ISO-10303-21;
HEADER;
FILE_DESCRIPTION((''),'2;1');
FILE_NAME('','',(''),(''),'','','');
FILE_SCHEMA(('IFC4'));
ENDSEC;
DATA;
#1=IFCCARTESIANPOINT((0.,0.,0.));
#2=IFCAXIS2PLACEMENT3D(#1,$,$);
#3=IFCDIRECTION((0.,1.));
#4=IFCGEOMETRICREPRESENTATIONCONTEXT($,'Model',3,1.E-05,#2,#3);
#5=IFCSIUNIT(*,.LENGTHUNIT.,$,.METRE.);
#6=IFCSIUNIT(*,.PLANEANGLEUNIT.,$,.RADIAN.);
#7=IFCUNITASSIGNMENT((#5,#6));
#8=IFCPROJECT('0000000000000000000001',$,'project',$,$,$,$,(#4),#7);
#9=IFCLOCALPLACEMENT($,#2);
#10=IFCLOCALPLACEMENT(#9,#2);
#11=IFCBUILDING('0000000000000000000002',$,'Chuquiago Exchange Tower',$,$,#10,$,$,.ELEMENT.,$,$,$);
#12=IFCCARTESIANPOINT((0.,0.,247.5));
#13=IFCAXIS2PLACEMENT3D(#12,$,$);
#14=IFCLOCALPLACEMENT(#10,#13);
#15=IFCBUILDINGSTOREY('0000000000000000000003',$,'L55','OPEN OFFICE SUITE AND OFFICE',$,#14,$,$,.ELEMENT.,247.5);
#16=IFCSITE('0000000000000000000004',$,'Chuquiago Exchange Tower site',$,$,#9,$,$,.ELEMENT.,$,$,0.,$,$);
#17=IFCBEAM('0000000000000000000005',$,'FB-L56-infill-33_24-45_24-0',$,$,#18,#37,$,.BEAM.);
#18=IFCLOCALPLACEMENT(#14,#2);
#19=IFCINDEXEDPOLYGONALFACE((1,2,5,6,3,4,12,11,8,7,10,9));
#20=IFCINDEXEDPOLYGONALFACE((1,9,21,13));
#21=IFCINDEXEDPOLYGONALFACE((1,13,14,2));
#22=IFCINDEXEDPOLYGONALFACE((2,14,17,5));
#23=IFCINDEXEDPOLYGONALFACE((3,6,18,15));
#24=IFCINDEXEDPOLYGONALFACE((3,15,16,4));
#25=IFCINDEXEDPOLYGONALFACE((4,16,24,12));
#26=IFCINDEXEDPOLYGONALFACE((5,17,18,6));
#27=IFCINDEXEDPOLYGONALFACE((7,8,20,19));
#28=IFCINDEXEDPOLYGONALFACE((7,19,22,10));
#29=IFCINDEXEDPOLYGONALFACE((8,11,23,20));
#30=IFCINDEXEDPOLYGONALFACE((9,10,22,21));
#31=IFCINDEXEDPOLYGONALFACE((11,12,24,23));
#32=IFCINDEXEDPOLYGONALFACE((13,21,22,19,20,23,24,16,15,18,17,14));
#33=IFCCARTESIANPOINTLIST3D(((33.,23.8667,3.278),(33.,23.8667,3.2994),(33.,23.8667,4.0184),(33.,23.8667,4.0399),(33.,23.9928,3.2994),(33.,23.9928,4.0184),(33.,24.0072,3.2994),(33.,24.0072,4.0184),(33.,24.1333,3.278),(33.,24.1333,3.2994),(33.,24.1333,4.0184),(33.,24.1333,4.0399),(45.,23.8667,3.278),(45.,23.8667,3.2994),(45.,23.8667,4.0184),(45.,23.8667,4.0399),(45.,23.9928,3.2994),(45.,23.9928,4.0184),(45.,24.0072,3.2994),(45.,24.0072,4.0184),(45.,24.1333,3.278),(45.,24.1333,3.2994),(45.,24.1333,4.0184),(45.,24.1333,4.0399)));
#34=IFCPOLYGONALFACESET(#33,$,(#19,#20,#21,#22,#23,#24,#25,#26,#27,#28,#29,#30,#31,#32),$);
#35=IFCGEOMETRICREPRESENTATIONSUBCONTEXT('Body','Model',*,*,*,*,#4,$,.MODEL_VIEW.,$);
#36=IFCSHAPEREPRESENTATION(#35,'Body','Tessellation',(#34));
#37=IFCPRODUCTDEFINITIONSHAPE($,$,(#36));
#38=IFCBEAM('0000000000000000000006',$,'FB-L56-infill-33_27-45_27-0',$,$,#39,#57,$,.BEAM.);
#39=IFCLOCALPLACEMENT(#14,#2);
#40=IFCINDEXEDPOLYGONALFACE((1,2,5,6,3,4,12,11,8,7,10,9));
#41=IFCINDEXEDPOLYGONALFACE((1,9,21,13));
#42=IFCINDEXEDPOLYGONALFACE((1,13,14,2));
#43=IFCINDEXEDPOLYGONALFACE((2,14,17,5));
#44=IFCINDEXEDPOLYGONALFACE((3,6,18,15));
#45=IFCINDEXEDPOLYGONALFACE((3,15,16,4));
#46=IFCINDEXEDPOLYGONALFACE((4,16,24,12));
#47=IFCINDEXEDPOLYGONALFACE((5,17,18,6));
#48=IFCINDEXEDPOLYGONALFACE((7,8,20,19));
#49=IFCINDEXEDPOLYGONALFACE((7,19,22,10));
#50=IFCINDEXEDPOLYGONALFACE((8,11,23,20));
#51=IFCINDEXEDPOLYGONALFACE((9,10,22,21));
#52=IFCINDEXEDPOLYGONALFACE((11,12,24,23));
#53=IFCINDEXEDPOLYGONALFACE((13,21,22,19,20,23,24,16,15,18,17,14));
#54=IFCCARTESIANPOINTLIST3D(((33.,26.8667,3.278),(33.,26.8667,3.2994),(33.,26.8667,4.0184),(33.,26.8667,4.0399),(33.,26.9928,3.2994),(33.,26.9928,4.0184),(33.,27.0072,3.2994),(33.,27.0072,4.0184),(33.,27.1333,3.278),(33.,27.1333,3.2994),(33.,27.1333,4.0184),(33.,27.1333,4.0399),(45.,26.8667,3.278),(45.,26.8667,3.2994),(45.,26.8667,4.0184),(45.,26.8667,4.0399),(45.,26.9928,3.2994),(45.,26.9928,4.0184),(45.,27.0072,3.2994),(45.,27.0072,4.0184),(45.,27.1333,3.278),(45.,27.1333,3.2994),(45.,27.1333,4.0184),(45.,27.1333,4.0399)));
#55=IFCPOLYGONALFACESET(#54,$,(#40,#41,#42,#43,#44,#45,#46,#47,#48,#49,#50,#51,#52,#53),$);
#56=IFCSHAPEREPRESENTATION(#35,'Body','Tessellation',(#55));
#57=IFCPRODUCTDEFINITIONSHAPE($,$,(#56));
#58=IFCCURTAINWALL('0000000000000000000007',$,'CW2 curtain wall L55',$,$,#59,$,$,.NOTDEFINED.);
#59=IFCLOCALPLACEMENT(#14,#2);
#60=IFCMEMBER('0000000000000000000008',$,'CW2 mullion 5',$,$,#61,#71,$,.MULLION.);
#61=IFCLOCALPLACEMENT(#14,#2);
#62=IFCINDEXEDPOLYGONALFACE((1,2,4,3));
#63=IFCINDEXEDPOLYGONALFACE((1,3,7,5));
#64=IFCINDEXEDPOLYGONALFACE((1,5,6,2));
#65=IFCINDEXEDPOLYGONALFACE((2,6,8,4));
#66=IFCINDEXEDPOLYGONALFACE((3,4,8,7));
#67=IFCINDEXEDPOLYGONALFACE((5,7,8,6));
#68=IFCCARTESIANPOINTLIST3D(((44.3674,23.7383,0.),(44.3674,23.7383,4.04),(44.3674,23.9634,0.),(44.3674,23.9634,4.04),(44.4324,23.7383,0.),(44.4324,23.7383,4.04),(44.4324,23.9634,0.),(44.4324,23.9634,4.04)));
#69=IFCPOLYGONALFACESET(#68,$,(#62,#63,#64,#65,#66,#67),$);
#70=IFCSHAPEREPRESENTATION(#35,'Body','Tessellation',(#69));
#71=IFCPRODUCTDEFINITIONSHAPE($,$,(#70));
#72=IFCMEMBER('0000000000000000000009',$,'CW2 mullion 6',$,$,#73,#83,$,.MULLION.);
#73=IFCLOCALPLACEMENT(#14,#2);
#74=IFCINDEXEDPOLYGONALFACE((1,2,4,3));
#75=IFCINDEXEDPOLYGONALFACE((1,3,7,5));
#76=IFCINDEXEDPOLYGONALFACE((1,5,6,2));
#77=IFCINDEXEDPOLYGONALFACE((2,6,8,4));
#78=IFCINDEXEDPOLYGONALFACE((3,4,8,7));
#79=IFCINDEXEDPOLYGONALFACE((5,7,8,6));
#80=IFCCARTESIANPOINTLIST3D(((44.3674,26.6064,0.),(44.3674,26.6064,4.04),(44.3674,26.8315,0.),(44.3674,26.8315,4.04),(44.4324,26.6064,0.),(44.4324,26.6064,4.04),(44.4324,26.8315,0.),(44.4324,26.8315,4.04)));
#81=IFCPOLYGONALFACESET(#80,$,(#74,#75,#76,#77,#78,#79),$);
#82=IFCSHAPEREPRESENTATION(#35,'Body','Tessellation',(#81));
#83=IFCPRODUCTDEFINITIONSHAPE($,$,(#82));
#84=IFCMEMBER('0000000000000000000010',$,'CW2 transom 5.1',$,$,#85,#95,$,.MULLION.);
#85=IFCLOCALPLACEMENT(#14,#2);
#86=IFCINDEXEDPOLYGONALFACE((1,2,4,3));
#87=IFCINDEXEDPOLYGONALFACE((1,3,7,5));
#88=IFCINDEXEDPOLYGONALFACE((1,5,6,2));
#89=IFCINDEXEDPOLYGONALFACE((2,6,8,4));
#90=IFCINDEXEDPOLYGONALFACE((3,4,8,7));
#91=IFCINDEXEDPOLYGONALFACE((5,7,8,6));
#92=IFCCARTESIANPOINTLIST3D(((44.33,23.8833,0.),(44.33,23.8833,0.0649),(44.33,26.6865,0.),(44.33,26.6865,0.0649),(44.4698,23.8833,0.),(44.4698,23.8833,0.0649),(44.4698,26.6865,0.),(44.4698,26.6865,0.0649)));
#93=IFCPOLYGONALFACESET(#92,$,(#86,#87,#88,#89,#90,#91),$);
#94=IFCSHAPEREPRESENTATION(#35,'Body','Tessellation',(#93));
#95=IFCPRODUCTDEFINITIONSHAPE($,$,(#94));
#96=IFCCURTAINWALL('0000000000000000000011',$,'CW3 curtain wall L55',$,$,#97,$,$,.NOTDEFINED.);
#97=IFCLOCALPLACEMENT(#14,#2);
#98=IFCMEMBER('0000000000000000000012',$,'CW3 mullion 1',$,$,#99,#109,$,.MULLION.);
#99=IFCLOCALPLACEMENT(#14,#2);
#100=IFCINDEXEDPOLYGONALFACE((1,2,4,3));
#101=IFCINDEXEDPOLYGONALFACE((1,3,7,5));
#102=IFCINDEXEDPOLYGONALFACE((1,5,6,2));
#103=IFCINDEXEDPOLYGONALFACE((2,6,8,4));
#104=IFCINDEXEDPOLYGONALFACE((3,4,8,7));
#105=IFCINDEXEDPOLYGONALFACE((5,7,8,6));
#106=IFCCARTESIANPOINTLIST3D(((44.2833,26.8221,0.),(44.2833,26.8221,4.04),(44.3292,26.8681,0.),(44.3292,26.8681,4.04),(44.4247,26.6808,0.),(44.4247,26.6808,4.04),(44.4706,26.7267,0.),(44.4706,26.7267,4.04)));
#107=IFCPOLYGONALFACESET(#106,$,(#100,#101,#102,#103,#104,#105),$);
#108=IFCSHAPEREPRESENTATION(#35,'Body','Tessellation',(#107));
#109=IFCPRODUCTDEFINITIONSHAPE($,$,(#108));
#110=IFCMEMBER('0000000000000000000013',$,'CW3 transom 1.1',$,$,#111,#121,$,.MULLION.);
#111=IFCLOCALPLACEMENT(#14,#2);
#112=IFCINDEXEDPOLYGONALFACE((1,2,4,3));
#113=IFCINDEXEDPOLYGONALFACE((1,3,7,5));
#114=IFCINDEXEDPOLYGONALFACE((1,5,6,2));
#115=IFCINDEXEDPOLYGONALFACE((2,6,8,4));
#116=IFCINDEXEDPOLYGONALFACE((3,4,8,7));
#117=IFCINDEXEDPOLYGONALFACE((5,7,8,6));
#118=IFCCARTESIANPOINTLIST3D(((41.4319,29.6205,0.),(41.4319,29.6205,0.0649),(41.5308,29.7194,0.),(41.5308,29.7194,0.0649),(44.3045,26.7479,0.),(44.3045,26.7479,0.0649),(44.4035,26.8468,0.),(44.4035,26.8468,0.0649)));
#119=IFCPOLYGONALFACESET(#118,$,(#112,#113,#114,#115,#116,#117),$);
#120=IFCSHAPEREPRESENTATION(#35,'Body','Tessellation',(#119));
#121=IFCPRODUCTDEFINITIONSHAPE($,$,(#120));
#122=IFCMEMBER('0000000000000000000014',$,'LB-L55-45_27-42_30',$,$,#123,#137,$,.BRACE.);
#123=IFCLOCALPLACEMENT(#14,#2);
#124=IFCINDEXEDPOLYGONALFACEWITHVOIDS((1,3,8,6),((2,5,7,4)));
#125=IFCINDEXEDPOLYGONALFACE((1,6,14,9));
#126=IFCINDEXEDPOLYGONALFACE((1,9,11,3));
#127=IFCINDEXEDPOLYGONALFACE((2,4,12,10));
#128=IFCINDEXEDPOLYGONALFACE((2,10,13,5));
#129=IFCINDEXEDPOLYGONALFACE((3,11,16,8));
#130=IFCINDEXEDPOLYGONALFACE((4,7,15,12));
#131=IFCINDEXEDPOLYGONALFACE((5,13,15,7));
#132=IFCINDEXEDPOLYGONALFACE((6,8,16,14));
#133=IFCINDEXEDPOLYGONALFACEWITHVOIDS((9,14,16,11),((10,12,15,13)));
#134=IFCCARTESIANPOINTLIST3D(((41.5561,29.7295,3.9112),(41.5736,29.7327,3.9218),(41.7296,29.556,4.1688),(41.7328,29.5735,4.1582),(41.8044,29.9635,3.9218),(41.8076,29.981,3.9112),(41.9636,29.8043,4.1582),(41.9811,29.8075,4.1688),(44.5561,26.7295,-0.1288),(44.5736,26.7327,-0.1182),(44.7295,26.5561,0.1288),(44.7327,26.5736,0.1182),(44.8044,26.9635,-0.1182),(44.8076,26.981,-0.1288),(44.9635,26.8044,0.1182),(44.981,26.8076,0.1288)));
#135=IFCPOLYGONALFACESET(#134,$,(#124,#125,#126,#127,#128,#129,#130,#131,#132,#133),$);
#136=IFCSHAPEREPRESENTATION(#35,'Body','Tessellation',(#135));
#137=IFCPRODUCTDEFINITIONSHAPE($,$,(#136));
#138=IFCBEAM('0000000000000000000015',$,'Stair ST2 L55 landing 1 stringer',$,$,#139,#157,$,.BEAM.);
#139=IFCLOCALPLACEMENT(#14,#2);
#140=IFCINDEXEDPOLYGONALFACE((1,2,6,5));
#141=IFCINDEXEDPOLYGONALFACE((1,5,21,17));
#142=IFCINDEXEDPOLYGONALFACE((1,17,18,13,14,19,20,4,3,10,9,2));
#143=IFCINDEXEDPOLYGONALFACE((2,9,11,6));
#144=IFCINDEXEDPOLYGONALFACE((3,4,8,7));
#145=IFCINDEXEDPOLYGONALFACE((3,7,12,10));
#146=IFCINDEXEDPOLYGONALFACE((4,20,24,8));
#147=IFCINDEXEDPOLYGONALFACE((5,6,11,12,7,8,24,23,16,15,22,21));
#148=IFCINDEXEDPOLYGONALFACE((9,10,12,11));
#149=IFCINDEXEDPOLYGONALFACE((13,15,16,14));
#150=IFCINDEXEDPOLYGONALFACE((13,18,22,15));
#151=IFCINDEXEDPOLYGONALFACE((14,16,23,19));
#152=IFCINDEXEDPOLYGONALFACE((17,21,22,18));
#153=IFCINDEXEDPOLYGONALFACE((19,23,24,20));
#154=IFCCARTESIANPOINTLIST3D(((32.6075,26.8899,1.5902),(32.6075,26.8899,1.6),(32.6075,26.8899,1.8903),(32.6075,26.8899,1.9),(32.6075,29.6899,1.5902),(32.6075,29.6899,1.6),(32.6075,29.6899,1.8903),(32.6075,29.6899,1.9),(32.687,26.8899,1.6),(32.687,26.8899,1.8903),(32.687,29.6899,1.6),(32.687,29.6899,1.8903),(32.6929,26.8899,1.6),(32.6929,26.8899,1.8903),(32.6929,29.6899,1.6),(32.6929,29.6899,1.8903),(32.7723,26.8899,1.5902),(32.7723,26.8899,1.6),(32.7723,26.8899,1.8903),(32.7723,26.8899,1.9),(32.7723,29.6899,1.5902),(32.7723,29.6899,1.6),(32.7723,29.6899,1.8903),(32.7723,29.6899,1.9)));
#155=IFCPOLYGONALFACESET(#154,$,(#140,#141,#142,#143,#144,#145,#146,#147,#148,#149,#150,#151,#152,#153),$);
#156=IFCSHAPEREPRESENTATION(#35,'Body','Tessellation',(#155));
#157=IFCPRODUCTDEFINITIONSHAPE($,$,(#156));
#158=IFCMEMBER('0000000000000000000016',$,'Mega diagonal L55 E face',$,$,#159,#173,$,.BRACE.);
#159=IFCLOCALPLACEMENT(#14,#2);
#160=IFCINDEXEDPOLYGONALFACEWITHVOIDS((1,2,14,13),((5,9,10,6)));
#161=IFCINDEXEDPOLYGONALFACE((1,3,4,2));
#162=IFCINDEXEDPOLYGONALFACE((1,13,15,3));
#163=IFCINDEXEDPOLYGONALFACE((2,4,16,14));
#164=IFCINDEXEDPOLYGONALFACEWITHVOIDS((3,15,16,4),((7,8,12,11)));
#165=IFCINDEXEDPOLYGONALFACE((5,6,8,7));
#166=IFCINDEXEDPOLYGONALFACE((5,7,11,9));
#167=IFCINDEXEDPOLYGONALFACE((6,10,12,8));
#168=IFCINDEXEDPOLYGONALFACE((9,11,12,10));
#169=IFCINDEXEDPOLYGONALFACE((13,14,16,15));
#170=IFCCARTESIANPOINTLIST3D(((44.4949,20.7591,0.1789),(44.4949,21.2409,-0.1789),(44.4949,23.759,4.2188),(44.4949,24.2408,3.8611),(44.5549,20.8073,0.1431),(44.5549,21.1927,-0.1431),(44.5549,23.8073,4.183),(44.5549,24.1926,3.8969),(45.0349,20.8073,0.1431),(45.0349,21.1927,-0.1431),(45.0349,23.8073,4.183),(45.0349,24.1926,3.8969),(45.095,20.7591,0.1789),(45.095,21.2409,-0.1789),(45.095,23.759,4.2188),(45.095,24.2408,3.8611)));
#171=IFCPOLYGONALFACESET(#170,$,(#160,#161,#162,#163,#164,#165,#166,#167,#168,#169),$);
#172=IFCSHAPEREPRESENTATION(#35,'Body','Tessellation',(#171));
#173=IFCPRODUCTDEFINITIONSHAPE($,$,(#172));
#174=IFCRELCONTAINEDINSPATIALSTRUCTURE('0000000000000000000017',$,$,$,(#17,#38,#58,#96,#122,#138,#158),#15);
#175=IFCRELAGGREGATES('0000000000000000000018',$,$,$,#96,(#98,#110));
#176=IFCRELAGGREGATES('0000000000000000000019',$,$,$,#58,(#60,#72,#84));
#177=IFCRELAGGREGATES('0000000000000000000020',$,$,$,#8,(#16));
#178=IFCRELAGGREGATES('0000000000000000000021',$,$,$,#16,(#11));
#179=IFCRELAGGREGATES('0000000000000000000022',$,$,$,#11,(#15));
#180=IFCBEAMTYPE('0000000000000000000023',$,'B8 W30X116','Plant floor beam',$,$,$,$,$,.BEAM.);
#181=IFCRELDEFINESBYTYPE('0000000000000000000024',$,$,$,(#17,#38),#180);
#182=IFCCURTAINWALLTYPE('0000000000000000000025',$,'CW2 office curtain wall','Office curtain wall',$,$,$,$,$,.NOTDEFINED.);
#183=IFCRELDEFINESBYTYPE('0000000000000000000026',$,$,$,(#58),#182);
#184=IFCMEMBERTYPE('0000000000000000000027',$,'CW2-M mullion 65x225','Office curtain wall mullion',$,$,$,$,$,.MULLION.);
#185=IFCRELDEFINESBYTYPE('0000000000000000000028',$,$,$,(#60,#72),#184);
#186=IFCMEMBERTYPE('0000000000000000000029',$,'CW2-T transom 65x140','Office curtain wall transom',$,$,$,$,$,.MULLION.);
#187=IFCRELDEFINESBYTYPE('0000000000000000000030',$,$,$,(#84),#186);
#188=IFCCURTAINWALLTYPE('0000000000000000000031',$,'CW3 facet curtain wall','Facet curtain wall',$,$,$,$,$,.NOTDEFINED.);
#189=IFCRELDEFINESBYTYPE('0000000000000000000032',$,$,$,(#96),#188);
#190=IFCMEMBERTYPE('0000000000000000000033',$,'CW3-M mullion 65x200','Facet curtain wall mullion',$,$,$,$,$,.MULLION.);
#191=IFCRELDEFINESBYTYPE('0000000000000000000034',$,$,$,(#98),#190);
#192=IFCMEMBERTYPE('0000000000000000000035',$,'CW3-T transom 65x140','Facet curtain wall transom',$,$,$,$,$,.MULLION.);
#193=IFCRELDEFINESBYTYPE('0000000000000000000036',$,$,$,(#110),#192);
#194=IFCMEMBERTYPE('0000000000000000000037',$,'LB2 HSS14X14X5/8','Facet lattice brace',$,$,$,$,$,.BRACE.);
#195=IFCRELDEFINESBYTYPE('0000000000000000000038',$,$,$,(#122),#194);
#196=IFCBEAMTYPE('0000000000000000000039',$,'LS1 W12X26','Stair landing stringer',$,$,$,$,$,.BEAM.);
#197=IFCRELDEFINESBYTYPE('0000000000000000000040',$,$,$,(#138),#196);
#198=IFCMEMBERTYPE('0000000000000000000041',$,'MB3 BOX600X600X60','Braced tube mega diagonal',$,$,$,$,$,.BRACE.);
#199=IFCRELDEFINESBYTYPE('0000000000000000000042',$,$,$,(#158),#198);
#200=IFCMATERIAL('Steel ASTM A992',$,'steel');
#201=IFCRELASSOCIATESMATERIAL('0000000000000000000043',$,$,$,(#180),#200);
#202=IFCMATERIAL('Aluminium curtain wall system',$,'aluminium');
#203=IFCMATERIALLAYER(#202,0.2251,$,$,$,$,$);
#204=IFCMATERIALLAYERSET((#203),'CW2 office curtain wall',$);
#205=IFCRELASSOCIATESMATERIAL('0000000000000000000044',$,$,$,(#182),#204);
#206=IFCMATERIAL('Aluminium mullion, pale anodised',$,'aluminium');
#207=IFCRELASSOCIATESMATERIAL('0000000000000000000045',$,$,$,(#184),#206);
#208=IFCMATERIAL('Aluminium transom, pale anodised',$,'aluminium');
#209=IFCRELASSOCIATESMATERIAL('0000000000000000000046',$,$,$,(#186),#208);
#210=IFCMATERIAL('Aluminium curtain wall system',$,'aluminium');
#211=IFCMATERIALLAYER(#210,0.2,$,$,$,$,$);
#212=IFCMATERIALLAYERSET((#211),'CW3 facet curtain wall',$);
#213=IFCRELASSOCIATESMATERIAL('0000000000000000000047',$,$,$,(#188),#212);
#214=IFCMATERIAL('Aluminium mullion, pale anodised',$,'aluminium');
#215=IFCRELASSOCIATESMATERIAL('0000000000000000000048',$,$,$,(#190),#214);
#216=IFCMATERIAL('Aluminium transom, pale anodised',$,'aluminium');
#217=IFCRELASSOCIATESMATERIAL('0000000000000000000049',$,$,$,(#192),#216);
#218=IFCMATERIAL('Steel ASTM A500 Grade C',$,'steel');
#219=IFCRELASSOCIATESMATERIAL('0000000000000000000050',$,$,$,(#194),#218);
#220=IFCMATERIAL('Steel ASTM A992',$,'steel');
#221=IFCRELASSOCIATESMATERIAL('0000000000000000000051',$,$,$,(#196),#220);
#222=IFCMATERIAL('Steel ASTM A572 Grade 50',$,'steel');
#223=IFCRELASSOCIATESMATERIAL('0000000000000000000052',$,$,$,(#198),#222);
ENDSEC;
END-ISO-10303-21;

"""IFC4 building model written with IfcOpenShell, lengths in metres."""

from ifc_helpers import new_model, si_unit, direction, frame, origin, origin_2d, place, context, subcontext, project, spatial, rectangle, hollow_rectangle, i_section, extrude, material, layer, layer_set, material_profile, profile_set, type_object, element, aggregate, save


model = new_model("IFC4")

# Units and contexts
model_context = context("Model", 3, precision=1e-05, world=origin(), true_north=direction((0.0, 1.0)))
body_context = subcontext(model_context, "Body", "Model", "MODEL_VIEW")
ifc_project = project(units=[si_unit("LENGTHUNIT", "METRE"), si_unit("PLANEANGLEUNIT", "RADIAN")], contexts=[model_context])

# Site, building, storey
site_placement = place(None, origin())
site = spatial("IfcSite", under=ifc_project, at=site_placement, Name="Chuquiago Exchange Tower site", CompositionType="ELEMENT", RefElevation=0.0)
building_placement = place(site_placement, origin())
building = spatial("IfcBuilding", under=site, at=building_placement, Name="Chuquiago Exchange Tower", CompositionType="ELEMENT")
storey_placement = place(building_placement, frame((0.0, 0.0, 247.5)))
storey = spatial("IfcBuildingStorey", under=building, at=storey_placement, Name="L55", Description="OPEN OFFICE SUITE AND OFFICE", CompositionType="ELEMENT", Elevation=247.5)

# Beams
ifc_material_1 = material(Name="Steel ASTM A992", Category="steel")
ifc_material_profile_1 = material_profile(ifc_material_1, i_section(OverallWidth=0.2666, OverallDepth=0.762, WebThickness=0.0144, FlangeThickness=0.0215, at=origin_2d()), Name="W30X116")
ifc_profile_set_1 = profile_set([ifc_material_profile_1], Name="Steel ASTM A992")
beam_type_1 = type_object("IfcBeamType", Name="B8 W30X116", Description="Plant floor beam", PredefinedType="BEAM", material=ifc_profile_set_1)
for number, where, z_axis, x_axis, name in (
    (1, (33.0, 24.0, 3.6589), (1.0, 0.0, 0.0), (0.0, 1.0, 0.0), "FB-L56-infill-33_24-45_24-0"),
    (2, (33.0, 27.0, 3.6589), (1.0, 0.0, 0.0), (0.0, 1.0, 0.0), "FB-L56-infill-33_27-45_27-0"),
):
    element("IfcBeam", number, at=place(storey_placement, frame(where, z_axis=z_axis, x_axis=x_axis)), inside=storey, type_object=beam_type_1, Name=name, PredefinedType="BEAM", context=body_context, shape_type="SweptSolid", body=[
        extrude(i_section(OverallWidth=0.2666, OverallDepth=0.762, WebThickness=0.0144, FlangeThickness=0.0215, at=origin_2d()), origin(), (0.0, 0.0, 1.0), 12.0),
    ])

# Curtain walls, members
ifc_material_2 = material(Name="Aluminium curtain wall system", Category="aluminium")
ifc_layer_1 = layer(ifc_material_2, 0.2251)
ifc_layer_set_1 = layer_set([ifc_layer_1], Name="CW2 office curtain wall")
curtain_wall_type_1 = type_object("IfcCurtainWallType", Name="CW2 office curtain wall", Description="Office curtain wall", PredefinedType="NOTDEFINED", material=ifc_layer_set_1)
curtain_wall_1_placement = place(storey_placement, origin())
curtain_wall_1 = element("IfcCurtainWall", 3, at=curtain_wall_1_placement, inside=storey, type_object=curtain_wall_type_1, Name="CW2 curtain wall L55", PredefinedType="NOTDEFINED")
ifc_material_3 = material(Name="Aluminium mullion, pale anodised", Category="aluminium")
ifc_material_profile_2 = material_profile(ifc_material_3, rectangle(XDim=0.0649, YDim=0.2251, at=origin_2d()), Name="AL 65x225")
ifc_profile_set_2 = profile_set([ifc_material_profile_2], Name="Aluminium mullion, pale anodised")
member_type_1 = type_object("IfcMemberType", Name="CW2-M mullion 65x225", Description="Office curtain wall mullion", PredefinedType="MULLION", material=ifc_profile_set_2)
member_1_placement = place(storey_placement, frame((44.3999, 23.8508, 0.0), z_axis=(0.0, 0.0, 1.0), x_axis=(-1.0, 0.0, 0.0)))
member_1 = element("IfcMember", 4, at=member_1_placement, type_object=member_type_1, Name="CW2 mullion 5", PredefinedType="MULLION", context=body_context, shape_type="SweptSolid", body=[
    extrude(rectangle(XDim=0.0649, YDim=0.2251, at=origin_2d()), origin(), (0.0, 0.0, 1.0), 4.04),
])
member_2_placement = place(storey_placement, frame((44.3999, 26.719, 0.0), z_axis=(0.0, 0.0, 1.0), x_axis=(-1.0, 0.0, 0.0)))
member_2 = element("IfcMember", 5, at=member_2_placement, type_object=member_type_1, Name="CW2 mullion 6", PredefinedType="MULLION", context=body_context, shape_type="SweptSolid", body=[
    extrude(rectangle(XDim=0.0649, YDim=0.2251, at=origin_2d()), origin(), (0.0, 0.0, 1.0), 4.04),
])
ifc_material_4 = material(Name="Aluminium transom, pale anodised", Category="aluminium")
ifc_material_profile_3 = material_profile(ifc_material_4, rectangle(XDim=0.1399, YDim=0.0649, at=origin_2d()), Name="AL 140x65")
ifc_profile_set_3 = profile_set([ifc_material_profile_3], Name="Aluminium transom, pale anodised")
member_type_2 = type_object("IfcMemberType", Name="CW2-T transom 65x140", Description="Office curtain wall transom", PredefinedType="MULLION", material=ifc_profile_set_3)
member_3_placement = place(storey_placement, frame((44.3999, 23.8833, 0.0325), z_axis=(0.0, 1.0, 0.0), x_axis=(-1.0, 0.0, 0.0)))
member_3 = element("IfcMember", 6, at=member_3_placement, type_object=member_type_2, Name="CW2 transom 5.1", PredefinedType="MULLION", context=body_context, shape_type="SweptSolid", body=[
    extrude(rectangle(XDim=0.1399, YDim=0.0649, at=origin_2d()), origin(), (0.0, 0.0, 1.0), 2.8032),
])
ifc_material_5 = material(Name="Aluminium curtain wall system", Category="aluminium")
ifc_layer_2 = layer(ifc_material_5, 0.2)
ifc_layer_set_2 = layer_set([ifc_layer_2], Name="CW3 facet curtain wall")
curtain_wall_type_2 = type_object("IfcCurtainWallType", Name="CW3 facet curtain wall", Description="Facet curtain wall", PredefinedType="NOTDEFINED", material=ifc_layer_set_2)
curtain_wall_2_placement = place(storey_placement, origin())
curtain_wall_2 = element("IfcCurtainWall", 7, at=curtain_wall_2_placement, inside=storey, type_object=curtain_wall_type_2, Name="CW3 curtain wall L55", PredefinedType="NOTDEFINED")
ifc_material_6 = material(Name="Aluminium mullion, pale anodised", Category="aluminium")
ifc_material_profile_4 = material_profile(ifc_material_6, rectangle(XDim=0.0649, YDim=0.2, at=origin_2d()), Name="AL 65x200")
ifc_profile_set_4 = profile_set([ifc_material_profile_4], Name="Aluminium mullion, pale anodised")
member_type_3 = type_object("IfcMemberType", Name="CW3-M mullion 65x200", Description="Facet curtain wall mullion", PredefinedType="MULLION", material=ifc_profile_set_4)
member_4_placement = place(storey_placement, frame((44.377, 26.7744, 0.0), z_axis=(0.0, 0.0, 1.0), x_axis=(-0.707107, -0.707107, 0.0)))
member_4 = element("IfcMember", 8, at=member_4_placement, type_object=member_type_3, Name="CW3 mullion 1", PredefinedType="MULLION", context=body_context, shape_type="SweptSolid", body=[
    extrude(rectangle(XDim=0.0649, YDim=0.2, at=origin_2d()), origin(), (0.0, 0.0, 1.0), 4.04),
])
ifc_material_7 = material(Name="Aluminium transom, pale anodised", Category="aluminium")
ifc_material_profile_5 = material_profile(ifc_material_7, rectangle(XDim=0.1399, YDim=0.0649, at=origin_2d()), Name="AL 140x65")
ifc_profile_set_5 = profile_set([ifc_material_profile_5], Name="Aluminium transom, pale anodised")
member_type_4 = type_object("IfcMemberType", Name="CW3-T transom 65x140", Description="Facet curtain wall transom", PredefinedType="MULLION", material=ifc_profile_set_5)
member_5_placement = place(storey_placement, frame((44.354, 26.7974, 0.0325), z_axis=(-0.707107, 0.707107, 0.0), x_axis=(-0.707107, -0.707107, 0.0)))
member_5 = element("IfcMember", 9, at=member_5_placement, type_object=member_type_4, Name="CW3 transom 1.1", PredefinedType="MULLION", context=body_context, shape_type="SweptSolid", body=[
    extrude(rectangle(XDim=0.1399, YDim=0.0649, at=origin_2d()), origin(), (0.0, 0.0, 1.0), 4.0625),
])
aggregate(curtain_wall_2, [member_4, member_5])

# Member
ifc_material_8 = material(Name="Steel ASTM A500 Grade C", Category="steel")
ifc_material_profile_6 = material_profile(ifc_material_8, hollow_rectangle(XDim=0.3557, YDim=0.3557, WallThickness=0.0146, at=origin_2d()), Name="HSS14X14X5/8")
ifc_profile_set_6 = profile_set([ifc_material_profile_6], Name="Steel ASTM A500 Grade C")
member_type_5 = type_object("IfcMemberType", Name="LB2 HSS14X14X5/8", Description="Facet lattice brace", PredefinedType="BRACE", material=ifc_profile_set_6)
member_6_placement = place(storey_placement, frame((44.7686, 26.7686, 0.0), z_axis=(-0.512077, 0.512077, 0.689604), x_axis=(-0.707107, -0.707107, 0.0)))
element("IfcMember", 10, at=member_6_placement, inside=storey, type_object=member_type_5, Name="LB-L55-45_27-42_30", PredefinedType="BRACE", context=body_context, shape_type="SweptSolid", body=[
    extrude(hollow_rectangle(XDim=0.3557, YDim=0.3557, WallThickness=0.0146, at=origin_2d()), origin(), (0.0, 0.0, 1.0), 5.8584),
])

# Beam
ifc_material_9 = material(Name="Steel ASTM A992", Category="steel")
ifc_material_profile_7 = material_profile(ifc_material_9, i_section(OverallWidth=0.1648, OverallDepth=0.3098, WebThickness=0.0059, FlangeThickness=0.0098, at=origin_2d()), Name="W12X26")
ifc_profile_set_7 = profile_set([ifc_material_profile_7], Name="Steel ASTM A992")
beam_type_2 = type_object("IfcBeamType", Name="LS1 W12X26", Description="Stair landing stringer", PredefinedType="BEAM", material=ifc_profile_set_7)
beam_1_placement = place(storey_placement, frame((32.6899, 26.8899, 1.7451), z_axis=(0.0, 1.0, 0.0), x_axis=(-1.0, 0.0, 0.0)))
element("IfcBeam", 11, at=beam_1_placement, inside=storey, type_object=beam_type_2, Name="Stair ST2 L55 landing 1 stringer", PredefinedType="BEAM", context=body_context, shape_type="SweptSolid", body=[
    extrude(i_section(OverallWidth=0.1648, OverallDepth=0.3098, WebThickness=0.0059, FlangeThickness=0.0098, at=origin_2d()), origin(), (0.0, 0.0, 1.0), 2.8),
])

# Member
ifc_material_10 = material(Name="Steel ASTM A572 Grade 50", Category="steel")
ifc_material_profile_8 = material_profile(ifc_material_10, hollow_rectangle(XDim=0.6001, YDim=0.6001, WallThickness=0.0601, at=origin_2d()), Name="BOX600X600X60")
ifc_profile_set_8 = profile_set([ifc_material_profile_8], Name="Steel ASTM A572 Grade 50")
member_type_6 = type_object("IfcMemberType", Name="MB3 BOX600X600X60", Description="Braced tube mega diagonal", PredefinedType="BRACE", material=ifc_profile_set_8)
for number, where, z_axis, x_axis, name in (
    (12, (44.7949, 21.0, 0.0), (0.0, 0.596174, 0.802855), (-1.0, 0.0, 0.0), "Mega diagonal L55 E face"),
):
    element("IfcMember", number, at=place(storey_placement, frame(where, z_axis=z_axis, x_axis=x_axis)), inside=storey, type_object=member_type_6, Name=name, PredefinedType="BRACE", context=body_context, shape_type="SweptSolid", body=[
        extrude(hollow_rectangle(XDim=0.6001, YDim=0.6001, WallThickness=0.0601, at=origin_2d()), origin(), (0.0, 0.0, 1.0), 5.032),
    ])

aggregate(curtain_wall_1, [member_1, member_2, member_3])

save(model, "model.ifc")
